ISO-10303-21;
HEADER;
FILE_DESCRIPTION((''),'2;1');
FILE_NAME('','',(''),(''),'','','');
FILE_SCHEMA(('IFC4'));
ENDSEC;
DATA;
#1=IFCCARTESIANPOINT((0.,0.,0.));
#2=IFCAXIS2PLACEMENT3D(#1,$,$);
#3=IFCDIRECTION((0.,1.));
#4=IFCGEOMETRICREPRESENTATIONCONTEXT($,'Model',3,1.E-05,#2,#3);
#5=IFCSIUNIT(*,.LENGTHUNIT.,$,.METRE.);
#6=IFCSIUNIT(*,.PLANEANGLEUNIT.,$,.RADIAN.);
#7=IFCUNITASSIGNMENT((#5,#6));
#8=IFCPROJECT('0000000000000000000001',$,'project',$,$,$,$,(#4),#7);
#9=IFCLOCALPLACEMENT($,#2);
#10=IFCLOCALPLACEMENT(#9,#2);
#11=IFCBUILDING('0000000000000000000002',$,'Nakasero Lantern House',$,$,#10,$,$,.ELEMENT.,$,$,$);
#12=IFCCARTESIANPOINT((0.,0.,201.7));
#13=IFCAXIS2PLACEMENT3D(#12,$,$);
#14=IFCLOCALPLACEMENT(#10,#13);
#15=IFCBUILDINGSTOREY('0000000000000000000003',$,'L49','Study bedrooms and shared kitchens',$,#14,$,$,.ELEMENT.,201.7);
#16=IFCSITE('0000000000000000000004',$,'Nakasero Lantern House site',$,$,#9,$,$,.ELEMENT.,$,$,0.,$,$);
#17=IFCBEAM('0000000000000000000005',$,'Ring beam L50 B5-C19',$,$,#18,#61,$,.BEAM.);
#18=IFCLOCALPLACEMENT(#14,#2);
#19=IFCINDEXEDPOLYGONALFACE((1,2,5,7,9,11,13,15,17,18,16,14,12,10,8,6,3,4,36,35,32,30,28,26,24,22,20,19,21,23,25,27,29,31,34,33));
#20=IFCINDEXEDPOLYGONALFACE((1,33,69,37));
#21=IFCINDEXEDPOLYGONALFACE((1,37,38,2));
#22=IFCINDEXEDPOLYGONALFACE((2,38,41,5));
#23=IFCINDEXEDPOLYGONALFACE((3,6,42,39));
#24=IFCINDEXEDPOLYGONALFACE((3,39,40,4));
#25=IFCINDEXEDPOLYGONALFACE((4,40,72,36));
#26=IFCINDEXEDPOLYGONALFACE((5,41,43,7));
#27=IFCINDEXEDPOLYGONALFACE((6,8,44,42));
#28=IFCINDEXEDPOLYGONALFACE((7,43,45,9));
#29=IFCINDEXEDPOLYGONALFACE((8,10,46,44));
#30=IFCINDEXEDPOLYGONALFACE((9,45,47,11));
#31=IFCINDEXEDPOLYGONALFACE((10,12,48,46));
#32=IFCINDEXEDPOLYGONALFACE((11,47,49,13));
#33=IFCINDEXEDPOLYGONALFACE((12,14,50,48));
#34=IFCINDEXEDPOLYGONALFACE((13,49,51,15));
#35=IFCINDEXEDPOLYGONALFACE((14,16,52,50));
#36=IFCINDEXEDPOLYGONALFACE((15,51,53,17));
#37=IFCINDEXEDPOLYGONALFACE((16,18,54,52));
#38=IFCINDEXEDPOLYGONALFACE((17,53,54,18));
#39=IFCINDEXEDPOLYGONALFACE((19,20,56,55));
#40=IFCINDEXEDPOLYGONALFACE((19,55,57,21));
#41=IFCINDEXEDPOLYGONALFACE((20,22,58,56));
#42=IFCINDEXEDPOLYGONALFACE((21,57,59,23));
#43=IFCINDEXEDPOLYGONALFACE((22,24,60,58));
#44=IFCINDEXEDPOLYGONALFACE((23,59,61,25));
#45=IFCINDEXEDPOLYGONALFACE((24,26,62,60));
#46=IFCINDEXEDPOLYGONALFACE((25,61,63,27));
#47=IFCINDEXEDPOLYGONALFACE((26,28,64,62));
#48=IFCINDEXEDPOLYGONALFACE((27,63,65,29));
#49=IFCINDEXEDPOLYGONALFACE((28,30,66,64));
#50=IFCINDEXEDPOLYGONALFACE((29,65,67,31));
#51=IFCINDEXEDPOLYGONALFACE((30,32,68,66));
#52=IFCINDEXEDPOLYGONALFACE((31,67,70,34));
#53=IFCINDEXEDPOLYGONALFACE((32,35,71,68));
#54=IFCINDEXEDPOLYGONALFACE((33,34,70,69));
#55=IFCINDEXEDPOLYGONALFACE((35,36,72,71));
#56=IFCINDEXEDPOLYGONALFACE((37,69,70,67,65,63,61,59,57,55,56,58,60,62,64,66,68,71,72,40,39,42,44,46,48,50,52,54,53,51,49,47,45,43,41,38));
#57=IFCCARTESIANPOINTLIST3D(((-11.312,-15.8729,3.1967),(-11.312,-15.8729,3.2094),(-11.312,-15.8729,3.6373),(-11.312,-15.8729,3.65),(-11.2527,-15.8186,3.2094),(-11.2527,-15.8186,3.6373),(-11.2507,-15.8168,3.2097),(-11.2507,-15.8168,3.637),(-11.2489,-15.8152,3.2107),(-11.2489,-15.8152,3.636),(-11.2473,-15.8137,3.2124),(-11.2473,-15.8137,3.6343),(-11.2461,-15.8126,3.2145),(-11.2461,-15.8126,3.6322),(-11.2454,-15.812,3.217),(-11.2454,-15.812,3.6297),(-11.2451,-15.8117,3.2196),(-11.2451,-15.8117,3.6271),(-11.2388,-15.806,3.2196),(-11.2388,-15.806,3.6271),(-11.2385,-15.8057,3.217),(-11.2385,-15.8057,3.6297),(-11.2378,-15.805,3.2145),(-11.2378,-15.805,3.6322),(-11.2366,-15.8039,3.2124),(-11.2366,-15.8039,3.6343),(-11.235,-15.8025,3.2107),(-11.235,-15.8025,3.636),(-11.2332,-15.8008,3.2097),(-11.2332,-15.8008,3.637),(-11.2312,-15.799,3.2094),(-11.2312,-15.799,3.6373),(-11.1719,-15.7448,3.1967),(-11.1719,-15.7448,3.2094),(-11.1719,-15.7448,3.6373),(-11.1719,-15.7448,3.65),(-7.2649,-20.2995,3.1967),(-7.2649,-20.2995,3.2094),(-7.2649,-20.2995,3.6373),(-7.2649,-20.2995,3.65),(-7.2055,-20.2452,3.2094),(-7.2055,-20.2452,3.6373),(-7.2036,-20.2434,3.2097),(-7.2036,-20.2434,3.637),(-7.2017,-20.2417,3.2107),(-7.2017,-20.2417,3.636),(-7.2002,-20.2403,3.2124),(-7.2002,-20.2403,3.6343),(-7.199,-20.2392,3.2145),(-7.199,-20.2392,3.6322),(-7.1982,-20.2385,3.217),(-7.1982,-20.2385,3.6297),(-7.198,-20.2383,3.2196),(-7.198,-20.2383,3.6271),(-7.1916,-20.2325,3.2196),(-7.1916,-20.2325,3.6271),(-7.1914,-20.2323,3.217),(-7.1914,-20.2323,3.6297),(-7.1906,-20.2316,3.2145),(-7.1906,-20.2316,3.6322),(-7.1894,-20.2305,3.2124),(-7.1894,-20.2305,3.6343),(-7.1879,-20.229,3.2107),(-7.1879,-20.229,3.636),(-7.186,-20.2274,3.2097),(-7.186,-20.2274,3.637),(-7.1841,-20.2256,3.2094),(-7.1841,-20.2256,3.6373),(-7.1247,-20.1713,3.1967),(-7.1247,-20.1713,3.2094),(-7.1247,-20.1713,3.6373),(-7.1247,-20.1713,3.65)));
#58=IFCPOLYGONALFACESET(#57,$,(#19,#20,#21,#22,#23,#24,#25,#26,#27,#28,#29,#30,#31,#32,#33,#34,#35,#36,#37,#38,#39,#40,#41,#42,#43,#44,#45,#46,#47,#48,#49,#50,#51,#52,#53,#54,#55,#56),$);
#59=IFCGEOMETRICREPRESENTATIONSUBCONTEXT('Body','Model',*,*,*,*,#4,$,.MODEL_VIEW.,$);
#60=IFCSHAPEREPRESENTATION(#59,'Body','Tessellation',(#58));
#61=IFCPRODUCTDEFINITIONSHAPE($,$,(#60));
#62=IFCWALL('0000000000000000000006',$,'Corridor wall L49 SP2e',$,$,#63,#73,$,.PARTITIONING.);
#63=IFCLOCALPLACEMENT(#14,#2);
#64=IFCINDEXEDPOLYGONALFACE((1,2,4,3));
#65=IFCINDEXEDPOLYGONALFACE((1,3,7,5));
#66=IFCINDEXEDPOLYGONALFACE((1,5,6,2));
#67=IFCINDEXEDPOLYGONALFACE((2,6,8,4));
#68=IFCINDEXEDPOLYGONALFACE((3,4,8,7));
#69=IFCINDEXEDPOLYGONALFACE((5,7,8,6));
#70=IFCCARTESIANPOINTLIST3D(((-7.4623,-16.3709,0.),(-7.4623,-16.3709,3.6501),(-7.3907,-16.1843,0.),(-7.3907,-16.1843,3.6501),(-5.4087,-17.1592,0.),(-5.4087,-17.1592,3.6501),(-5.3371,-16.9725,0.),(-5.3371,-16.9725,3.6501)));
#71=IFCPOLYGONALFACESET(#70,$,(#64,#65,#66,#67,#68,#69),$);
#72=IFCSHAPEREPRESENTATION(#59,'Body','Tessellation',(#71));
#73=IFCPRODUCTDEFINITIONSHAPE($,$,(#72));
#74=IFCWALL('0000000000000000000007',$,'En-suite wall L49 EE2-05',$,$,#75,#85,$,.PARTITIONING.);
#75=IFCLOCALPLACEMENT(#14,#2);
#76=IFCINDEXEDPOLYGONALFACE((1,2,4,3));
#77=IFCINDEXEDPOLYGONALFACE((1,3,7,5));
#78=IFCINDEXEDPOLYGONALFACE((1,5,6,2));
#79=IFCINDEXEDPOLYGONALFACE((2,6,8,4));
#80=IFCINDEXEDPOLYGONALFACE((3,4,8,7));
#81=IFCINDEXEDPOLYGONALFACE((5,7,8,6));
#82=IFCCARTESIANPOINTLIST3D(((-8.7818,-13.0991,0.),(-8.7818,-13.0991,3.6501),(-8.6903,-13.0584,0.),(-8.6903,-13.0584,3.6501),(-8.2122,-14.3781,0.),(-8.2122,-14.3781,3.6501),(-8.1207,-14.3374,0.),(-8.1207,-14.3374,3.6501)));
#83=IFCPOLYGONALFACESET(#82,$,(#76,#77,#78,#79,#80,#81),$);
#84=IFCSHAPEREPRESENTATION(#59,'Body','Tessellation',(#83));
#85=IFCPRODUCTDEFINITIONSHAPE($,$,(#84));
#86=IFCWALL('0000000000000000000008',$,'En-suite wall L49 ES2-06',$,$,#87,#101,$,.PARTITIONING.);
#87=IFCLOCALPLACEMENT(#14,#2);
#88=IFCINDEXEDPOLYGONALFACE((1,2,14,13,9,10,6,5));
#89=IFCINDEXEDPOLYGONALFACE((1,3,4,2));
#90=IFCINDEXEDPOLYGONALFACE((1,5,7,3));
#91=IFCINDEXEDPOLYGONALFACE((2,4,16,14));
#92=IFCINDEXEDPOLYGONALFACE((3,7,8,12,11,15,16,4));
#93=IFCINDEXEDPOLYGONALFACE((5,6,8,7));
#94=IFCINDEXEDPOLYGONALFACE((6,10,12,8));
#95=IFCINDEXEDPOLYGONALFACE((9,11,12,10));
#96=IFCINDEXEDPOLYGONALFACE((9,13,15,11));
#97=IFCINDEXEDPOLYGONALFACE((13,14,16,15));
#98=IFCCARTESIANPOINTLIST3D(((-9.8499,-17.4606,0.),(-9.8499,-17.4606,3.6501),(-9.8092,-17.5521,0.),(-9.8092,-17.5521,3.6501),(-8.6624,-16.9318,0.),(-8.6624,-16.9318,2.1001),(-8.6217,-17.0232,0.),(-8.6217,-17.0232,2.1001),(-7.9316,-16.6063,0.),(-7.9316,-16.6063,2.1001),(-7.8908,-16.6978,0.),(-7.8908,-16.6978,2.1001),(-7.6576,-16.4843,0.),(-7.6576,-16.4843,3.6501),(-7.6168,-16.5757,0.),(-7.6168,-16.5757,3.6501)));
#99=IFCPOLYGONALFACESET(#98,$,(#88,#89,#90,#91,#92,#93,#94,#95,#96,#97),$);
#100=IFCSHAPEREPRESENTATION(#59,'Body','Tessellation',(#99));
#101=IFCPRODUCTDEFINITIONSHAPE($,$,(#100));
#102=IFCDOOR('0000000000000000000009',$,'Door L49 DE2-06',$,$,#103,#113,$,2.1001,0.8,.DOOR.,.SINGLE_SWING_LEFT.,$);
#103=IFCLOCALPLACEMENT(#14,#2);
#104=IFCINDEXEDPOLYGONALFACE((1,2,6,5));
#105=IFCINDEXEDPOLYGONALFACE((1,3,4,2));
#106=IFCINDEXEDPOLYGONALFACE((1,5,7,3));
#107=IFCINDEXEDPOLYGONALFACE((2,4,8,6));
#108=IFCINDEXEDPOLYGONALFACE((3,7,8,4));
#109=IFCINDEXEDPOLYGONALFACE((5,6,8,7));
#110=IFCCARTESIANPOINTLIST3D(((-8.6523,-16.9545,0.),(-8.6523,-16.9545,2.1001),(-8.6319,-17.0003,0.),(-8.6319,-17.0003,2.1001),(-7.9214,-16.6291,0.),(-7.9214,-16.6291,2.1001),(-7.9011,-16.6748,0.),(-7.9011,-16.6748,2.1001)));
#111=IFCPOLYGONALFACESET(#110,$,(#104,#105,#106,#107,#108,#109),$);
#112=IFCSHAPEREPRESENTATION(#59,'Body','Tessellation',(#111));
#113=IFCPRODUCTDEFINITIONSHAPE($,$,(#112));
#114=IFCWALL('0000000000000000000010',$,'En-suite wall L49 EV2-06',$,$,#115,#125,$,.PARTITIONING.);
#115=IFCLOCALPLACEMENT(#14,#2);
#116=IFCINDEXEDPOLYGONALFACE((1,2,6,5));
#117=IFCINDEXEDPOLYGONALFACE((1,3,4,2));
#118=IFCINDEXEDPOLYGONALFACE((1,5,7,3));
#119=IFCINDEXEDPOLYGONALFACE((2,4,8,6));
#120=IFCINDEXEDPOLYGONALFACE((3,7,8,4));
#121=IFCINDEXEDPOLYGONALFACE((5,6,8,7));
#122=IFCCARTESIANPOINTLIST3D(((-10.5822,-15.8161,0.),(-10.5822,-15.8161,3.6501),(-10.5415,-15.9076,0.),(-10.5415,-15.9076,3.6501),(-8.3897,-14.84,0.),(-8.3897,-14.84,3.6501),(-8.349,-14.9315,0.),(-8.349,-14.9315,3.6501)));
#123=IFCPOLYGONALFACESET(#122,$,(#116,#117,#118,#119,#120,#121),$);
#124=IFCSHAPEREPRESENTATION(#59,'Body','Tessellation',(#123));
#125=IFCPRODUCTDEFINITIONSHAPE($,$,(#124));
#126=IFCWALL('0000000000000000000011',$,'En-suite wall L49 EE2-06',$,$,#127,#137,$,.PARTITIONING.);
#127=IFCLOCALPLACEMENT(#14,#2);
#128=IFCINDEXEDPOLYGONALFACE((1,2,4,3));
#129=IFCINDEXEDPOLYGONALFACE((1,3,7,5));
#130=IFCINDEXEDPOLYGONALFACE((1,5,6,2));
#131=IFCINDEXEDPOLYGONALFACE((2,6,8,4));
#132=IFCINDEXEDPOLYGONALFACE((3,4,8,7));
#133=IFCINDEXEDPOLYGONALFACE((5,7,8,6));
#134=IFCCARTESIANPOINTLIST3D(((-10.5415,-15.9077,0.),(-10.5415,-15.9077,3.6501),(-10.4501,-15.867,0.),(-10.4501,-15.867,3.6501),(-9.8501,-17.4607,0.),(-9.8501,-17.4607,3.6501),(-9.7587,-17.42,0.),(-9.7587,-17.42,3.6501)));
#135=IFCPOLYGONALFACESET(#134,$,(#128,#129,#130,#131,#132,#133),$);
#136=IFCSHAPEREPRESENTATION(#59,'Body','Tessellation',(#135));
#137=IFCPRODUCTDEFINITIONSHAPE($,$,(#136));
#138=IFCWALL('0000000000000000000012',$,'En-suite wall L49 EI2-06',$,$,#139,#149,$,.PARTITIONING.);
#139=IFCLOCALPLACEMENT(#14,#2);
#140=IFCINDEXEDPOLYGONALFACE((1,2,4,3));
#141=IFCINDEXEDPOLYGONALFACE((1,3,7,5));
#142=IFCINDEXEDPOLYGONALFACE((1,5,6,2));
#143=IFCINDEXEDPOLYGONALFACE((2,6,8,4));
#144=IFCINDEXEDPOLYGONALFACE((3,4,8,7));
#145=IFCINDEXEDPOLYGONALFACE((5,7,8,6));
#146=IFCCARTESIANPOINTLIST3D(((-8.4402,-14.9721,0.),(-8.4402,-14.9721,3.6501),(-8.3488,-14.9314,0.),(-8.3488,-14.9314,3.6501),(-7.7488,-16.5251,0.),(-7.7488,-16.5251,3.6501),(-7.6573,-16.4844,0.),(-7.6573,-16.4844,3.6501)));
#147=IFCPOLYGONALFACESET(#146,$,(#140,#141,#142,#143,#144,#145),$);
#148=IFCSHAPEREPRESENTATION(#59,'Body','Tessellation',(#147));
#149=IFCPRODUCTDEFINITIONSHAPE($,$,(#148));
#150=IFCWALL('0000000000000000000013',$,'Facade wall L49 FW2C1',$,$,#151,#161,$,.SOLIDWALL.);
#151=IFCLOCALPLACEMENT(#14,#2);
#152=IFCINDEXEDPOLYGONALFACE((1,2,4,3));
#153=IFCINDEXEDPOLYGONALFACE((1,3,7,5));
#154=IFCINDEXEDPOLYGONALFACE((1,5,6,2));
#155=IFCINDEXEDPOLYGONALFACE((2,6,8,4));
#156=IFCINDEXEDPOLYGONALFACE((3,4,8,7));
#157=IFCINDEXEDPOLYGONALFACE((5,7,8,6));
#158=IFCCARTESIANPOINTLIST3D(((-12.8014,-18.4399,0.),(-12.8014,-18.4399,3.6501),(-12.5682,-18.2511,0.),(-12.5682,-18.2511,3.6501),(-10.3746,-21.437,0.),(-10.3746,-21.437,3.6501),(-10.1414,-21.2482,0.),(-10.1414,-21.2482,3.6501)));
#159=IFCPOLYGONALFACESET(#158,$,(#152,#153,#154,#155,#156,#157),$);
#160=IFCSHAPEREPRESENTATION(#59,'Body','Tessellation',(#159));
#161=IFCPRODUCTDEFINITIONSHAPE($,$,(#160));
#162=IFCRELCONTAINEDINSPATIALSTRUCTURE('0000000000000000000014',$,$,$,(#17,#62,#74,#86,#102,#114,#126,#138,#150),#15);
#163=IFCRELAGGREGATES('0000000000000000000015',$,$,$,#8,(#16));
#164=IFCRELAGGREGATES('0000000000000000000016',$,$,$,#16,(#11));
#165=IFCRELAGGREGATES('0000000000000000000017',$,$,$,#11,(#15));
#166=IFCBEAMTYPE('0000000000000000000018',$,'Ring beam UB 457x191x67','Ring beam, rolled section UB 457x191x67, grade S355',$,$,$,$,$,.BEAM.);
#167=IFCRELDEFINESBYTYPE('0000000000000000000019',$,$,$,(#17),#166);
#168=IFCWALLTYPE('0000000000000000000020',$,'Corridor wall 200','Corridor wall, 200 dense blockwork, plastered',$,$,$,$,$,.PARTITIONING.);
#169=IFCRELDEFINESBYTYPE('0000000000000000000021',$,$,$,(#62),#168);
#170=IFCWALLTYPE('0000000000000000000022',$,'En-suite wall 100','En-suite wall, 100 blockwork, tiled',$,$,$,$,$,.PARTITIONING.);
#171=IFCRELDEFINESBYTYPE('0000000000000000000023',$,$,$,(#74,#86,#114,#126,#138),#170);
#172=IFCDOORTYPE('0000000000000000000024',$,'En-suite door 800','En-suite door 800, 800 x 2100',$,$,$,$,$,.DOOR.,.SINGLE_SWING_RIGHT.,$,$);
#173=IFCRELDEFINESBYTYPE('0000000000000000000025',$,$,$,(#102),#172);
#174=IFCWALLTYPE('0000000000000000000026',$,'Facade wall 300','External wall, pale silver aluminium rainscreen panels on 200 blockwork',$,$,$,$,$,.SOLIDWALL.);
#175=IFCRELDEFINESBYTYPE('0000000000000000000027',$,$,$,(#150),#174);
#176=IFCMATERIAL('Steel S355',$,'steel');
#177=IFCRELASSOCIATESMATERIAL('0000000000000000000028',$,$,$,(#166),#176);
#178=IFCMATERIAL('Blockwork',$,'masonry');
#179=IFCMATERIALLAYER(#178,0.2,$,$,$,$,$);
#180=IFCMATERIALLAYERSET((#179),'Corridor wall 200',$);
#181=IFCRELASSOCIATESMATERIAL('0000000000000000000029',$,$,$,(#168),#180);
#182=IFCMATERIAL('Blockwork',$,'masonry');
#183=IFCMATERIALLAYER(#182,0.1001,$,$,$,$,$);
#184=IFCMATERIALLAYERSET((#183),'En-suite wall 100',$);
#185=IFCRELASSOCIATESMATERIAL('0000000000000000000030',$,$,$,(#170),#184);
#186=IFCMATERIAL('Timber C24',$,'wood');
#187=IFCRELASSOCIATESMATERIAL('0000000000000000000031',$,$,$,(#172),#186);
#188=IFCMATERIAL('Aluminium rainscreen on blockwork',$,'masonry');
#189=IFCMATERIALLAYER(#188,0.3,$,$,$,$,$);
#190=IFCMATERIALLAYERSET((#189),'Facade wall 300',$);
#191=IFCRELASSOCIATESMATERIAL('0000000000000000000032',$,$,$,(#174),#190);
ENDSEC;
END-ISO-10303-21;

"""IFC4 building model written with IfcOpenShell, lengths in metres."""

from ifc_helpers import new_model, si_unit, direction, frame, frame_2d, origin, origin_2d, place, context, subcontext, project, spatial, rectangle, i_section, extrude, material, layer, layer_set, material_profile, profile_set, type_object, element, fill, save


model = new_model("IFC4")

# Units and contexts
model_context = context("Model", 3, precision=1e-05, world=origin(), true_north=direction((0.0, 1.0)))
body_context = subcontext(model_context, "Body", "Model", "MODEL_VIEW")
ifc_project = project(units=[si_unit("LENGTHUNIT", "METRE"), si_unit("PLANEANGLEUNIT", "RADIAN")], contexts=[model_context])

# Site, building, storey
site_placement = place(None, origin())
site = spatial("IfcSite", under=ifc_project, at=site_placement, Name="Nakasero Lantern House site", CompositionType="ELEMENT", RefElevation=0.0)
building_placement = place(site_placement, origin())
building = spatial("IfcBuilding", under=site, at=building_placement, Name="Nakasero Lantern House", CompositionType="ELEMENT")
storey_placement = place(building_placement, frame((0.0, 0.0, 201.7)))
storey = spatial("IfcBuildingStorey", under=building, at=storey_placement, Name="L49", Description="Study bedrooms and shared kitchens", CompositionType="ELEMENT", Elevation=201.7)

# Beam
ifc_material_1 = material(Name="Steel S355", Category="steel")
ifc_material_profile_1 = material_profile(ifc_material_1, i_section(OverallWidth=0.1899, OverallDepth=0.4534, WebThickness=0.0085, FlangeThickness=0.0127, FilletRadius=0.0103, at=origin_2d()), Name="UB 457x191x67")
ifc_profile_set_1 = profile_set([ifc_material_profile_1], Name="Steel S355")
beam_type_1 = type_object("IfcBeamType", Name="Ring beam UB 457x191x67", Description="Ring beam, rolled section UB 457x191x67, grade S355", PredefinedType="BEAM", material=ifc_profile_set_1)
beam_1_placement = place(storey_placement, frame((-11.2419, -15.8088, 3.4233), z_axis=(0.674771, -0.738027, 0.0), x_axis=(0.738027, 0.674771, 0.0)))
element("IfcBeam", 1, at=beam_1_placement, inside=storey, type_object=beam_type_1, Name="Ring beam L50 B5-C19", PredefinedType="BEAM", context=body_context, shape_type="SweptSolid", body=[
    extrude(i_section(OverallWidth=0.1899, OverallDepth=0.4534, WebThickness=0.0085, FlangeThickness=0.0127, FilletRadius=0.0103, at=origin_2d()), origin(), (0.0, 0.0, 1.0), 5.9978),
])

# Walls
ifc_material_2 = material(Name="Blockwork", Category="masonry")
ifc_layer_1 = layer(ifc_material_2, 0.2)
ifc_layer_set_1 = layer_set([ifc_layer_1], Name="Corridor wall 200")
wall_type_1 = type_object("IfcWallType", Name="Corridor wall 200", Description="Corridor wall, 200 dense blockwork, plastered", PredefinedType="PARTITIONING", material=ifc_layer_set_1)
wall_1_placement = place(storey_placement, frame((-7.4265, -16.2776, 0.0), z_axis=(0.0, 0.0, 1.0), x_axis=(0.933583, -0.358362, 0.0)))
element("IfcWall", 2, at=wall_1_placement, inside=storey, type_object=wall_type_1, Name="Corridor wall L49 SP2e", PredefinedType="PARTITIONING", context=body_context, shape_type="SweptSolid", body=[
    extrude(rectangle(XDim=2.1997, YDim=0.2, at=frame_2d((1.0999, 0.0))), origin(), (0.0, 0.0, 1.0), 3.6501),
])
ifc_material_3 = material(Name="Blockwork", Category="masonry")
ifc_layer_2 = layer(ifc_material_3, 0.1001)
ifc_layer_set_2 = layer_set([ifc_layer_2], Name="En-suite wall 100")
wall_type_2 = type_object("IfcWallType", Name="En-suite wall 100", Description="En-suite wall, 100 blockwork, tiled", PredefinedType="PARTITIONING", material=ifc_layer_set_2)
wall_2_placement = place(storey_placement, frame((-8.7361, -13.0786, 0.0), z_axis=(0.0, 0.0, 1.0), x_axis=(0.406802, -0.913516, 0.0)))
element("IfcWall", 3, at=wall_2_placement, inside=storey, type_object=wall_type_2, Name="En-suite wall L49 EE2-05", PredefinedType="PARTITIONING", context=body_context, shape_type="SweptSolid", body=[
    extrude(rectangle(XDim=1.4001, YDim=0.1001, at=frame_2d((0.7002, 0.0))), origin(), (0.0, 0.0, 1.0), 3.6501),
])

# Wall, opening, door
wall_3_placement = place(storey_placement, frame((-7.6372, -16.53, 0.0), z_axis=(0.0, 0.0, 1.0), x_axis=(-0.913513, -0.406809, 0.0)))
wall_3 = element("IfcWall", 4, at=wall_3_placement, inside=storey, type_object=wall_type_2, Name="En-suite wall L49 ES2-06", PredefinedType="PARTITIONING", context=body_context, shape_type="SweptSolid", body=[
    extrude(rectangle(XDim=2.3999, YDim=0.1001, at=frame_2d((1.2, 0.0))), origin(), (0.0, 0.0, 1.0), 3.6501),
])
opening_1_placement = place(wall_3_placement, frame((0.3, 0.0, 0.0)))
opening_1 = element("IfcOpeningElement", 5, at=opening_1_placement, cuts=wall_3, PredefinedType="OPENING", context=body_context, shape_type="SweptSolid", body=[
    extrude(rectangle(XDim=0.8, YDim=2.1001, at=frame_2d((0.3999, 1.05))), frame((0.0, 0.0701, 0.0), z_axis=(0.0, -1.0, 0.0), x_axis=(1.0, 0.0, 0.0)), (0.0, 0.0, 1.0), 0.1401),
])
ifc_material_4 = material(Name="Timber C24", Category="wood")
door_type = type_object("IfcDoorType", Name="En-suite door 800", Description="En-suite door 800, 800 x 2100", OperationType="SINGLE_SWING_RIGHT", PredefinedType="DOOR", material=ifc_material_4)
door_placement = place(opening_1_placement, origin())
door = element("IfcDoor", 6, at=door_placement, inside=storey, type_object=door_type, Name="Door L49 DE2-06", OperationType="SINGLE_SWING_LEFT", OverallHeight=2.1001, OverallWidth=0.8, PredefinedType="DOOR", context=body_context, shape_type="SweptSolid", body=[
    extrude(rectangle(XDim=0.8, YDim=2.1001, at=frame_2d((0.3999, 1.05))), frame((0.0, 0.0249, 0.0), z_axis=(0.0, -1.0, 0.0), x_axis=(1.0, 0.0, 0.0)), (0.0, 0.0, 1.0), 0.05),
])
fill(opening_1, door)

# Walls
wall_4_placement = place(storey_placement, frame((-8.3694, -14.8857, 0.0), z_axis=(0.0, 0.0, 1.0), x_axis=(-0.913551, -0.406724, 0.0)))
element("IfcWall", 7, at=wall_4_placement, inside=storey, type_object=wall_type_2, Name="En-suite wall L49 EV2-06", PredefinedType="PARTITIONING", context=body_context, shape_type="SweptSolid", body=[
    extrude(rectangle(XDim=2.3999, YDim=0.1001, at=frame_2d((1.2, 0.0))), origin(), (0.0, 0.0, 1.0), 3.6501),
])
for number, where, z_axis, x_axis, name in (
    (8, (-10.4958, -15.8872, 0.0), (0.0, 0.0, 1.0), (0.406725, -0.913551, 0.0), "En-suite wall L49 EE2-06"),
    (9, (-8.3945, -14.9517, 0.0), (0.0, 0.0, 1.0), (0.406725, -0.913551, 0.0), "En-suite wall L49 EI2-06"),
):
    element("IfcWall", number, at=place(storey_placement, frame(where, z_axis=z_axis, x_axis=x_axis)), inside=storey, type_object=wall_type_2, Name=name, PredefinedType="PARTITIONING", context=body_context, shape_type="SweptSolid", body=[
        extrude(rectangle(XDim=1.7, YDim=0.1001, at=frame_2d((0.8501, 0.0))), origin(), (0.0, 0.0, 1.0), 3.6501),
    ])
ifc_material_5 = material(Name="Aluminium rainscreen on blockwork", Category="masonry")
ifc_layer_3 = layer(ifc_material_5, 0.3)
ifc_layer_set_3 = layer_set([ifc_layer_3], Name="Facade wall 300")
wall_type_3 = type_object("IfcWallType", Name="Facade wall 300", Description="External wall, pale silver aluminium rainscreen panels on 200 blockwork", PredefinedType="SOLIDWALL", material=ifc_layer_set_3)
wall_5_placement = place(storey_placement, frame((-12.6848, -18.3455, 0.0), z_axis=(0.0, 0.0, 1.0), x_axis=(0.629286, -0.777174, 0.0)))
element("IfcWall", 10, at=wall_5_placement, inside=storey, type_object=wall_type_3, Name="Facade wall L49 FW2C1", PredefinedType="SOLIDWALL", context=body_context, shape_type="SweptSolid", body=[
    extrude(rectangle(XDim=3.8564, YDim=0.3, at=frame_2d((1.9282, 0.0))), origin(), (0.0, 0.0, 1.0), 3.6501),
])

save(model, "model.ifc")
